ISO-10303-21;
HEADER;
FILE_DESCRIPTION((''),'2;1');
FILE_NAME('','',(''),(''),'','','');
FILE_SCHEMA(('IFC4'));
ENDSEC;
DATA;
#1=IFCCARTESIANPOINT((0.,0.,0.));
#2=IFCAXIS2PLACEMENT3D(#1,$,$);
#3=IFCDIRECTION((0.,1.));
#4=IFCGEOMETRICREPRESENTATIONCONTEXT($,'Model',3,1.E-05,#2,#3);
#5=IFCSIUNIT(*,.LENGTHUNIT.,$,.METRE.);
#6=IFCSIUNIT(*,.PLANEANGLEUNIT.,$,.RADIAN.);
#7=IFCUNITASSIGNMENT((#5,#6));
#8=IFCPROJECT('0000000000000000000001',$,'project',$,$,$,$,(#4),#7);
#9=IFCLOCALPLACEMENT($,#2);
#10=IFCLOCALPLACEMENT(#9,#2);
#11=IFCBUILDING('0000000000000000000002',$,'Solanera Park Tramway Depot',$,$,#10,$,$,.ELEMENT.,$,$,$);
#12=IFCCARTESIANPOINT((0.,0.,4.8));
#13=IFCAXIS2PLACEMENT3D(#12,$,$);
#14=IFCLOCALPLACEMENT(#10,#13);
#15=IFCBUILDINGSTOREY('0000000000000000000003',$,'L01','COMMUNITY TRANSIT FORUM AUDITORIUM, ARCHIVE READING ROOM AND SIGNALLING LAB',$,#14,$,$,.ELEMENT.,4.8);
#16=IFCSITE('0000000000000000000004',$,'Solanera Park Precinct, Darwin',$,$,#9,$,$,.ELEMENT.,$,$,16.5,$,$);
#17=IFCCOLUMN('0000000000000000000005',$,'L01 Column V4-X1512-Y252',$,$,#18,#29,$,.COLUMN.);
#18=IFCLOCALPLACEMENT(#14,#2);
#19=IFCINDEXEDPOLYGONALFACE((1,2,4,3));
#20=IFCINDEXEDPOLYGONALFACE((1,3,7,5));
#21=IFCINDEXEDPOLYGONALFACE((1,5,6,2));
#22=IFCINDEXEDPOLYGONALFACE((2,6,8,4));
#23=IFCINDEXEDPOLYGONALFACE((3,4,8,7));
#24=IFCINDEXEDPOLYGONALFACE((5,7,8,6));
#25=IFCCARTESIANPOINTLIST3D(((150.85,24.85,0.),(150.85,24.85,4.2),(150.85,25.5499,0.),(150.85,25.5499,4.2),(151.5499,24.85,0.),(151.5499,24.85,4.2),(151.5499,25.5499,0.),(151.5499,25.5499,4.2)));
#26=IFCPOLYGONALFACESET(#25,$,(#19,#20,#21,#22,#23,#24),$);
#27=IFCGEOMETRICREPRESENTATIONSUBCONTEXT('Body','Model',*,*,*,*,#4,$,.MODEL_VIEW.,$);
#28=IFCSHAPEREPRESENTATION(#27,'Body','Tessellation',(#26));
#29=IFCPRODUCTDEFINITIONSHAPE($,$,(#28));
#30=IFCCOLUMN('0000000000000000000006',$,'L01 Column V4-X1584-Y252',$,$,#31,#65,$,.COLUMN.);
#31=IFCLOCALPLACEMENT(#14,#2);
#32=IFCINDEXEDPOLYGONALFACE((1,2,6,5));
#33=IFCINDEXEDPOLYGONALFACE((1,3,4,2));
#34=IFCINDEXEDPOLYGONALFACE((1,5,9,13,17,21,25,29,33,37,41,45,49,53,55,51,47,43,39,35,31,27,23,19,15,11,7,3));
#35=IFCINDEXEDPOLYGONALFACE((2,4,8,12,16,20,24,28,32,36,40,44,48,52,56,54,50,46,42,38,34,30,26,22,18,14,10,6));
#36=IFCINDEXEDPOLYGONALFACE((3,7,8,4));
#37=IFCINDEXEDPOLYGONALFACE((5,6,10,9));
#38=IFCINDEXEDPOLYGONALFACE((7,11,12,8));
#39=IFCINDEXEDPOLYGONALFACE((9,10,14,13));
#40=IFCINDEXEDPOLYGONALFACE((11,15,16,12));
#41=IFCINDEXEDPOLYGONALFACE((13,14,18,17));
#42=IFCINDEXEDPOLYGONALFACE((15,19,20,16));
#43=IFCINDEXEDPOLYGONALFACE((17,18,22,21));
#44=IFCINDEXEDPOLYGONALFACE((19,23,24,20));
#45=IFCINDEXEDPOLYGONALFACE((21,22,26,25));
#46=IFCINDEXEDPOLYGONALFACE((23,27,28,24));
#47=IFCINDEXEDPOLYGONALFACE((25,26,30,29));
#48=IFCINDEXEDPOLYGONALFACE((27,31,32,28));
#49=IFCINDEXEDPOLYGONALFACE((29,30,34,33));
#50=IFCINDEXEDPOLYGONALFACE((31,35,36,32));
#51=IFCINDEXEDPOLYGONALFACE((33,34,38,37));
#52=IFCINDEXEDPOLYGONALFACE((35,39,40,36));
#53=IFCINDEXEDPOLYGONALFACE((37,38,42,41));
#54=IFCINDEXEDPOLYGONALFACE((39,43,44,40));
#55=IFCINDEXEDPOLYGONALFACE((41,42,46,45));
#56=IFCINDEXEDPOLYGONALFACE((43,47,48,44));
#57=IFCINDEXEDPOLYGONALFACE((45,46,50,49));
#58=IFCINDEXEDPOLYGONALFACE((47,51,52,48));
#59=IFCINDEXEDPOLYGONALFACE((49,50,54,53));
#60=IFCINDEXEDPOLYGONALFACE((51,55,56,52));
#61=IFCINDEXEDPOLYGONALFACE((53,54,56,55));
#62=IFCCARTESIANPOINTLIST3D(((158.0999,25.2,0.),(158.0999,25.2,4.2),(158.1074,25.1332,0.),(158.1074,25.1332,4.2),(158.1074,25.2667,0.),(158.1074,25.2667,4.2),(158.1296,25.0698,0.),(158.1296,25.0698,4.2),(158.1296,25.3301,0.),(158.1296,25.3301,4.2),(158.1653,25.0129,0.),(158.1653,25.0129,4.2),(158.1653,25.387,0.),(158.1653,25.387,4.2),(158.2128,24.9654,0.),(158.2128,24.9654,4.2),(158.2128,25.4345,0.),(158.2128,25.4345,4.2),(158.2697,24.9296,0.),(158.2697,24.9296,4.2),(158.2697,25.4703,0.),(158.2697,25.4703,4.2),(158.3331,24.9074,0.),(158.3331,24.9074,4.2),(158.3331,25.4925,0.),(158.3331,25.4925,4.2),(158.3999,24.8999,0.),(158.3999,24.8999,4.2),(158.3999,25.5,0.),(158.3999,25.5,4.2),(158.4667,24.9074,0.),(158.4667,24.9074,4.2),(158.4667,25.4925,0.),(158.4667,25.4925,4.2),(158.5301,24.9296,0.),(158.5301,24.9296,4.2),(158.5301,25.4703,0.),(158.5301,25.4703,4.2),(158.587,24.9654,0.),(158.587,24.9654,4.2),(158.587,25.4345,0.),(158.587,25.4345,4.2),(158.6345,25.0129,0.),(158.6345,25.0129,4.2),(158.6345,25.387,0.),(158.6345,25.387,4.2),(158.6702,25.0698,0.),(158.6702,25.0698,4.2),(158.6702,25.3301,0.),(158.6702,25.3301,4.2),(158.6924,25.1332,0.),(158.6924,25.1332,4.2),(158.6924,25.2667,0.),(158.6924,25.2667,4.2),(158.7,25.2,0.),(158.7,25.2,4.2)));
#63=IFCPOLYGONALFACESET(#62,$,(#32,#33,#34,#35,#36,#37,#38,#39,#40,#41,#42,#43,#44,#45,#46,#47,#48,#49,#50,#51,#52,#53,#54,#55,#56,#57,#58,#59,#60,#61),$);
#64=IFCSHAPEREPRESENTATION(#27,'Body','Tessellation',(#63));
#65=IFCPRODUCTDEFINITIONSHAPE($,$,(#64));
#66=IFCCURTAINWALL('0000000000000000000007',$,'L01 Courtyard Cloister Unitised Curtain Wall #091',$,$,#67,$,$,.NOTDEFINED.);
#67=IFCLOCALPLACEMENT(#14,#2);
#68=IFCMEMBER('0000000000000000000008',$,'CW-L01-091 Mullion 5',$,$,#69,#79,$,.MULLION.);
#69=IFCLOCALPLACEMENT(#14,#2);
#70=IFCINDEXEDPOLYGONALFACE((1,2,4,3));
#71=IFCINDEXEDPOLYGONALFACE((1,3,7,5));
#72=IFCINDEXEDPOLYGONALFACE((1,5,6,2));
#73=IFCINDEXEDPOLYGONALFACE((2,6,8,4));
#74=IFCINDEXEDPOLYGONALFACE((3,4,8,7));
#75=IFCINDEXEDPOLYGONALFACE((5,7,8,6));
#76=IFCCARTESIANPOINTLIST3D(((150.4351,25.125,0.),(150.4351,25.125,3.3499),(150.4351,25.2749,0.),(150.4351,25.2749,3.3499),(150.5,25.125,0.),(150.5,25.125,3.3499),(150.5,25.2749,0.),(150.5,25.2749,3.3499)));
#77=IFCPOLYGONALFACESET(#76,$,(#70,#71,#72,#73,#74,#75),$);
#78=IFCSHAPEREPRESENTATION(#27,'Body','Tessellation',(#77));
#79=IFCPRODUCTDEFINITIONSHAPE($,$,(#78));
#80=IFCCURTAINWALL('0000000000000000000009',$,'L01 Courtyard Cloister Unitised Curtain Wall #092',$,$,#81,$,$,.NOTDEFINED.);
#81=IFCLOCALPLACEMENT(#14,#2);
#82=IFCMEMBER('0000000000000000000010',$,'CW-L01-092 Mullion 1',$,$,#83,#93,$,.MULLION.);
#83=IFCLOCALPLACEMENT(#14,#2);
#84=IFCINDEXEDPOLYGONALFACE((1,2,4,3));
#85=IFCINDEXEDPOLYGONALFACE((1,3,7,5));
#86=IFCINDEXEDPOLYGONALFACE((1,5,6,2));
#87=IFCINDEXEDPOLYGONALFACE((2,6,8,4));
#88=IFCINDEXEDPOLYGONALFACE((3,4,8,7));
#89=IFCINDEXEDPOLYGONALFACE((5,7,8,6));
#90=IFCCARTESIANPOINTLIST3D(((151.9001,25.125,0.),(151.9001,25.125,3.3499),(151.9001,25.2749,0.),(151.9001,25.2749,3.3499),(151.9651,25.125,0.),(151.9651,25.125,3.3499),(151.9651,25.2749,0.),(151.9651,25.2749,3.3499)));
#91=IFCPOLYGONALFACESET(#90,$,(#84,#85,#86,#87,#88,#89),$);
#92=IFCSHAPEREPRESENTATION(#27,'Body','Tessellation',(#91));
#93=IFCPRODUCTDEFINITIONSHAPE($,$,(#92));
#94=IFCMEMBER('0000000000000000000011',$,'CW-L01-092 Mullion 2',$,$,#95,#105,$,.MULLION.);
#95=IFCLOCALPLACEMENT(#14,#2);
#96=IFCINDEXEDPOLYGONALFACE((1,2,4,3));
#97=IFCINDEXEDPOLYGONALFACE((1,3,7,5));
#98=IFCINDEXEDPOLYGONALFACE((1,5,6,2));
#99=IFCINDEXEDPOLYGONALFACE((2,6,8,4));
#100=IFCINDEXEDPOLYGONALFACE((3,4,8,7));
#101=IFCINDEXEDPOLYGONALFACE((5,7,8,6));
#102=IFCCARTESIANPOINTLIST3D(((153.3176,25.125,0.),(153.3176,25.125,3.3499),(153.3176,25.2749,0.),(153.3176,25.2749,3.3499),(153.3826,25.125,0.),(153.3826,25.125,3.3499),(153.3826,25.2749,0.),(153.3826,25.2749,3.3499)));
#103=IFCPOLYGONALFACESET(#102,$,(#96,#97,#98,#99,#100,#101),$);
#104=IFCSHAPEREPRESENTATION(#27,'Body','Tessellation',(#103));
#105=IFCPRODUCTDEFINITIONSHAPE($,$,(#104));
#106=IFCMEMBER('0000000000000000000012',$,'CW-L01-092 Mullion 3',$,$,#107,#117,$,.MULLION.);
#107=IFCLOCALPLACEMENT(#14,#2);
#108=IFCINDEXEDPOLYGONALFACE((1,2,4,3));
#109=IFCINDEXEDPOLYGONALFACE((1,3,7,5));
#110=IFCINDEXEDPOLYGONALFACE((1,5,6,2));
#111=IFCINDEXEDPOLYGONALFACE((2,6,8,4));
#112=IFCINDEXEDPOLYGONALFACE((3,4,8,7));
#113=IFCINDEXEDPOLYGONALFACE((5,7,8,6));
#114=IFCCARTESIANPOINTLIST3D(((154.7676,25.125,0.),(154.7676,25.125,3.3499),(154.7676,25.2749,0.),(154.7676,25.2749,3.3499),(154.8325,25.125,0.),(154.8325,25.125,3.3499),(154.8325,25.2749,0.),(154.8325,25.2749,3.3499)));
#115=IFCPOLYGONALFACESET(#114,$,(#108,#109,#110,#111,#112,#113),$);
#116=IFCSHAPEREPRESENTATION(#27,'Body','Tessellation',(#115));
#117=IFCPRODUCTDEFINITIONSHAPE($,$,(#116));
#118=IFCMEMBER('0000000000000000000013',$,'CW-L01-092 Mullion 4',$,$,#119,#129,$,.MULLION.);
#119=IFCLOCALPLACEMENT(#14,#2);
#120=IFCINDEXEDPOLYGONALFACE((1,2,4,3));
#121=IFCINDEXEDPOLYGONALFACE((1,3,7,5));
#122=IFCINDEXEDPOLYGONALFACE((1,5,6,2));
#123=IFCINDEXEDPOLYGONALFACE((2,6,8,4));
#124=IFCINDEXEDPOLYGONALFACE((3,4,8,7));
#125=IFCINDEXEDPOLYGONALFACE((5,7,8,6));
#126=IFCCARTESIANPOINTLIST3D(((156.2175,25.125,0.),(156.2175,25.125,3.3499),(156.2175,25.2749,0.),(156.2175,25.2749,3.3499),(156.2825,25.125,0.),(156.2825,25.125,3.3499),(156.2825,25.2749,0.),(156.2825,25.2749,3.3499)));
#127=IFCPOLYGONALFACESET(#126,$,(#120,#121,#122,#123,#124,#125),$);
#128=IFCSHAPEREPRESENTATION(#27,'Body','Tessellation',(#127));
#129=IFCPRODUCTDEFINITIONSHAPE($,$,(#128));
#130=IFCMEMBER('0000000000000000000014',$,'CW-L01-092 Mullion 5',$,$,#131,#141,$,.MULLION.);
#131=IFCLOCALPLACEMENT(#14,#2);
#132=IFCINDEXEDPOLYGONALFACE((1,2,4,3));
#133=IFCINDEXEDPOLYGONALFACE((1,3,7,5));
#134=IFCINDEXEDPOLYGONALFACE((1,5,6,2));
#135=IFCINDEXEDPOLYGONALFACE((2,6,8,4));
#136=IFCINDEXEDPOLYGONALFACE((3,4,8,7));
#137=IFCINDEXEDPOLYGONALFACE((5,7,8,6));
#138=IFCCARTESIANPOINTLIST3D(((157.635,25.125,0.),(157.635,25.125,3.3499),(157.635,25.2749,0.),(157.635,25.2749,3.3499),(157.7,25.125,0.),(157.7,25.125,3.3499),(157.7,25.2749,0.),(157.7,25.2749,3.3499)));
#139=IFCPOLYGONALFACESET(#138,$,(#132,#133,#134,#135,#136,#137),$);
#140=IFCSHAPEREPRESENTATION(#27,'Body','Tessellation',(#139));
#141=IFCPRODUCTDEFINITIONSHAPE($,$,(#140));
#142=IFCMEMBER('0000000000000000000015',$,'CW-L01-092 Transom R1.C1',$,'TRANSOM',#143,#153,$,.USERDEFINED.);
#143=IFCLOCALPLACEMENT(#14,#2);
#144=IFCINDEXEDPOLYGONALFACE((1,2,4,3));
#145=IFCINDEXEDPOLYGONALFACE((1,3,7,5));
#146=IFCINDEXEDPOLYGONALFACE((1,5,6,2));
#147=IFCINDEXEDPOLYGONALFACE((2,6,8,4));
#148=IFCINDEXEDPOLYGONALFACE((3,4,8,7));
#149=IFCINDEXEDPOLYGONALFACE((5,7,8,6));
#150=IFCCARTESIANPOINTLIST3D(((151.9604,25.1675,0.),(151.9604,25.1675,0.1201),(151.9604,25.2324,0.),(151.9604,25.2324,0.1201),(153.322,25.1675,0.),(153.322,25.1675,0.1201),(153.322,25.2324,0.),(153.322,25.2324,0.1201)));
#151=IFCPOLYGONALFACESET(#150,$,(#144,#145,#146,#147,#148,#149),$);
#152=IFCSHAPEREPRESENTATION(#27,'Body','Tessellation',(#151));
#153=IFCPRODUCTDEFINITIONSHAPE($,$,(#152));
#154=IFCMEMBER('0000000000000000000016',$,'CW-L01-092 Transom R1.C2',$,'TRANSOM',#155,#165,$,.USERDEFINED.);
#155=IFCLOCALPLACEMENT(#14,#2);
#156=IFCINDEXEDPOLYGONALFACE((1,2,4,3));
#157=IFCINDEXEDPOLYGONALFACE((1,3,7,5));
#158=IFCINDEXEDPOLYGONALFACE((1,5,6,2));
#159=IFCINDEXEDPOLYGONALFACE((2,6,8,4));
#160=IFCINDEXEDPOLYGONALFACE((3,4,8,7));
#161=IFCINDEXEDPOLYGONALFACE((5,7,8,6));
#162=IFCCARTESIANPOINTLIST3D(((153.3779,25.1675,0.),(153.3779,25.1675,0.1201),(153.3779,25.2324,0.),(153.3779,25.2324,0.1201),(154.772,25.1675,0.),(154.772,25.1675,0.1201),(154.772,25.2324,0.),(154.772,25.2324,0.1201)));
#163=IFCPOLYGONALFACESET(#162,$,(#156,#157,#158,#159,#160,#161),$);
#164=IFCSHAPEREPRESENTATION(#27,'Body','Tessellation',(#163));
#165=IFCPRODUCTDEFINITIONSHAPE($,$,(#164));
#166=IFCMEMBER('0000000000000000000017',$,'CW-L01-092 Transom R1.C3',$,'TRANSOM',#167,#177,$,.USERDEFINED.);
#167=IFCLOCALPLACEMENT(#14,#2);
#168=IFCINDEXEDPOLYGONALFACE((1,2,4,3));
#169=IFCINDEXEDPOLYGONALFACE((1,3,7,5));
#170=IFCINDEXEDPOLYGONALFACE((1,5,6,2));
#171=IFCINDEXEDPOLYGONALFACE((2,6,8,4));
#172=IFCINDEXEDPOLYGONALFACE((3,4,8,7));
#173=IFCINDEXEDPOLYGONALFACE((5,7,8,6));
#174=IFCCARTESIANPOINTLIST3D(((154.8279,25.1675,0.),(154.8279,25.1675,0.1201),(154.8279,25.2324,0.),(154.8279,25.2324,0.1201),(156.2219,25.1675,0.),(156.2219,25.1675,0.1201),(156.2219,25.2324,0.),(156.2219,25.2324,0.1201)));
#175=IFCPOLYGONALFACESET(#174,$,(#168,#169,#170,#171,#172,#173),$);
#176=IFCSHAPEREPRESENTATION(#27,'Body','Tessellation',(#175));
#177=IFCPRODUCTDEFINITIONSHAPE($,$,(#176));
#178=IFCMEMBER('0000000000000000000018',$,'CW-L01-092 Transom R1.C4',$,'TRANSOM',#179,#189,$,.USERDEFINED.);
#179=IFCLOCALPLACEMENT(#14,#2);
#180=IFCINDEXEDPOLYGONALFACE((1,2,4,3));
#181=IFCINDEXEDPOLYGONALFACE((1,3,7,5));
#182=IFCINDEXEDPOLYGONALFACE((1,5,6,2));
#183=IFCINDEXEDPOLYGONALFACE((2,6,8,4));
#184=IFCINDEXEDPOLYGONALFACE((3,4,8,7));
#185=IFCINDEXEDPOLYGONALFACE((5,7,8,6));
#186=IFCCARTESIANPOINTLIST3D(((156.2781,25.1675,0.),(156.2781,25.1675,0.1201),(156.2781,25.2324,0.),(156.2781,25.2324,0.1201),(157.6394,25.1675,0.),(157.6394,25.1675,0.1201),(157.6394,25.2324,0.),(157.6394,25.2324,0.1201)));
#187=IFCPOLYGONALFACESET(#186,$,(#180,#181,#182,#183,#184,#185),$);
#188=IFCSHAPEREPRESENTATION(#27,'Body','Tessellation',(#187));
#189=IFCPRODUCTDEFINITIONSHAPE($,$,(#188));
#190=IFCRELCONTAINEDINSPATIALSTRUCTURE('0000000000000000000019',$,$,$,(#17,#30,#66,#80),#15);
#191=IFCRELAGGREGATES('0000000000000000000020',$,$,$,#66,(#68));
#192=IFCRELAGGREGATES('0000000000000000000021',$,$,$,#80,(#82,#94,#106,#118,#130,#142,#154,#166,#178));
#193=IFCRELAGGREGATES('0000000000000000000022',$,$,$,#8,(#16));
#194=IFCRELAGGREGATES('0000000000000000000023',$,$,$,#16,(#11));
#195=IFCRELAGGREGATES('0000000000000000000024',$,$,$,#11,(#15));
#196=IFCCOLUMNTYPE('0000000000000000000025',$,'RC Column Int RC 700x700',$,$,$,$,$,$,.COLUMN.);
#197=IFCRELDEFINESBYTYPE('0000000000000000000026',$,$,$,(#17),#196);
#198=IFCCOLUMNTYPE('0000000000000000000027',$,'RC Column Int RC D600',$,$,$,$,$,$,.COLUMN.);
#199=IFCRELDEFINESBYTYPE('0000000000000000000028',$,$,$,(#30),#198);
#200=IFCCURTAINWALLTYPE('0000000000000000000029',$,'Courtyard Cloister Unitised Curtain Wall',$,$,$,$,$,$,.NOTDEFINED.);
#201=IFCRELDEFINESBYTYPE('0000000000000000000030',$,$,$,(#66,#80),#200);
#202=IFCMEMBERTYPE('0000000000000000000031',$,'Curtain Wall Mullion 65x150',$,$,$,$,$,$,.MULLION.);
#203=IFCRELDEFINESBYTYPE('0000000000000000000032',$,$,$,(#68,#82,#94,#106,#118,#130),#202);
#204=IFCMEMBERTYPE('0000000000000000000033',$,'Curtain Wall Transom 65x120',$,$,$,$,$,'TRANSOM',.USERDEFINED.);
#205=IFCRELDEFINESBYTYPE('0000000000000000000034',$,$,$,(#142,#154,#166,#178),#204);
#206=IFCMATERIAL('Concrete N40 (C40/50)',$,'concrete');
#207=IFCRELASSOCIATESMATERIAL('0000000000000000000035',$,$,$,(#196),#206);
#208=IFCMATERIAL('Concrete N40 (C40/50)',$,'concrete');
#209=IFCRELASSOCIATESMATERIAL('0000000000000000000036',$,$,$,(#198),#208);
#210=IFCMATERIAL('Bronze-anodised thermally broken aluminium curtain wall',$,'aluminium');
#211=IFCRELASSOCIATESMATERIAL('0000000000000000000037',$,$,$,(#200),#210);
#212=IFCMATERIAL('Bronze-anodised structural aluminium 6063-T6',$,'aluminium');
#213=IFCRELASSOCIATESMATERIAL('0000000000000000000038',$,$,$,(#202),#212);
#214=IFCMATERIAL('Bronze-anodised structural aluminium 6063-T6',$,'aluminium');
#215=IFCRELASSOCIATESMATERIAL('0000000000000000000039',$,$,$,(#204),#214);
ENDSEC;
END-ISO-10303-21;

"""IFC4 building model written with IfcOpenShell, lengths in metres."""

from ifc_helpers import new_model, si_unit, direction, frame, origin, origin_2d, place, context, subcontext, project, spatial, rectangle, circle, extrude, material, material_profile, profile_set, type_object, element, aggregate, save


model = new_model("IFC4")

# Units and contexts
model_context = context("Model", 3, precision=1e-05, world=origin(), true_north=direction((0.0, 1.0)))
body_context = subcontext(model_context, "Body", "Model", "MODEL_VIEW")
ifc_project = project(units=[si_unit("LENGTHUNIT", "METRE"), si_unit("PLANEANGLEUNIT", "RADIAN")], contexts=[model_context])

# Site, building, storey
site_placement = place(None, origin())
site = spatial("IfcSite", under=ifc_project, at=site_placement, Name="Solanera Park Precinct, Darwin", CompositionType="ELEMENT", RefElevation=16.5)
building_placement = place(site_placement, origin())
building = spatial("IfcBuilding", under=site, at=building_placement, Name="Solanera Park Tramway Depot", CompositionType="ELEMENT")
storey_placement = place(building_placement, frame((0.0, 0.0, 4.8)))
storey = spatial("IfcBuildingStorey", under=building, at=storey_placement, Name="L01", Description="COMMUNITY TRANSIT FORUM AUDITORIUM, ARCHIVE READING ROOM AND SIGNALLING LAB", CompositionType="ELEMENT", Elevation=4.8)

# Columns
ifc_material_1 = material(Name="Concrete N40 (C40/50)", Category="concrete")
ifc_material_profile_1 = material_profile(ifc_material_1, rectangle(XDim=0.7, YDim=0.7, at=origin_2d()), Name="RC 700x700")
ifc_profile_set_1 = profile_set([ifc_material_profile_1], Name="Concrete N40 (C40/50)")
column_type_1 = type_object("IfcColumnType", Name="RC Column Int RC 700x700", PredefinedType="COLUMN", material=ifc_profile_set_1)
column_1_placement = place(storey_placement, frame((151.2, 25.2, 0.0), z_axis=(0.0, 0.0, 1.0), x_axis=(1.0, 0.0, 0.0)))
element("IfcColumn", 1, at=column_1_placement, inside=storey, type_object=column_type_1, Name="L01 Column V4-X1512-Y252", PredefinedType="COLUMN", context=body_context, shape_type="SweptSolid", body=[
    extrude(rectangle(XDim=0.7, YDim=0.7, at=origin_2d()), origin(), (0.0, 0.0, 1.0), 4.2),
])
ifc_material_2 = material(Name="Concrete N40 (C40/50)", Category="concrete")
ifc_material_profile_2 = material_profile(ifc_material_2, circle(Radius=0.3, at=origin_2d()), Name="RC D600")
ifc_profile_set_2 = profile_set([ifc_material_profile_2], Name="Concrete N40 (C40/50)")
column_type_2 = type_object("IfcColumnType", Name="RC Column Int RC D600", PredefinedType="COLUMN", material=ifc_profile_set_2)
column_2_placement = place(storey_placement, frame((158.3999, 25.2, 0.0), z_axis=(0.0, 0.0, 1.0), x_axis=(1.0, 0.0, 0.0)))
element("IfcColumn", 2, at=column_2_placement, inside=storey, type_object=column_type_2, Name="L01 Column V4-X1584-Y252", PredefinedType="COLUMN", context=body_context, shape_type="SweptSolid", body=[
    extrude(circle(Radius=0.3, at=origin_2d()), origin(), (0.0, 0.0, 1.0), 4.2),
])

# Curtain wall, member
ifc_material_3 = material(Name="Bronze-anodised thermally broken aluminium curtain wall", Category="aluminium")
curtain_wall_type = type_object("IfcCurtainWallType", Name="Courtyard Cloister Unitised Curtain Wall", PredefinedType="NOTDEFINED", material=ifc_material_3)
curtain_wall_1_placement = place(storey_placement, origin())
curtain_wall_1 = element("IfcCurtainWall", 3, at=curtain_wall_1_placement, inside=storey, type_object=curtain_wall_type, Name="L01 Courtyard Cloister Unitised Curtain Wall #091", PredefinedType="NOTDEFINED")
ifc_material_4 = material(Name="Bronze-anodised structural aluminium 6063-T6", Category="aluminium")
ifc_material_profile_3 = material_profile(ifc_material_4, rectangle(XDim=0.0649, YDim=0.1499, at=origin_2d()), Name="Curtain Wall Mullion 65x150")
ifc_profile_set_3 = profile_set([ifc_material_profile_3], Name="Bronze-anodised structural aluminium 6063-T6")
member_type_1 = type_object("IfcMemberType", Name="Curtain Wall Mullion 65x150", PredefinedType="MULLION", material=ifc_profile_set_3)
member_1_placement = place(storey_placement, frame((150.4675, 25.2, 0.0), z_axis=(0.0, 0.0, 1.0), x_axis=(1.0, 0.0, 0.0)))
member_1 = element("IfcMember", 4, at=member_1_placement, type_object=member_type_1, Name="CW-L01-091 Mullion 5", PredefinedType="MULLION", context=body_context, shape_type="SweptSolid", body=[
    extrude(rectangle(XDim=0.0649, YDim=0.1499, at=origin_2d()), origin(), (0.0, 0.0, 1.0), 3.3499),
])

# Curtain wall, members
curtain_wall_2_placement = place(storey_placement, origin())
curtain_wall_2 = element("IfcCurtainWall", 5, at=curtain_wall_2_placement, inside=storey, type_object=curtain_wall_type, Name="L01 Courtyard Cloister Unitised Curtain Wall #092", PredefinedType="NOTDEFINED")
member_2_placement = place(storey_placement, frame((151.9326, 25.2, 0.0), z_axis=(0.0, 0.0, 1.0), x_axis=(1.0, 0.0, 0.0)))
member_2 = element("IfcMember", 6, at=member_2_placement, type_object=member_type_1, Name="CW-L01-092 Mullion 1", PredefinedType="MULLION", context=body_context, shape_type="SweptSolid", body=[
    extrude(rectangle(XDim=0.0649, YDim=0.1499, at=origin_2d()), origin(), (0.0, 0.0, 1.0), 3.3499),
])
member_3_placement = place(storey_placement, frame((153.3501, 25.2, 0.0), z_axis=(0.0, 0.0, 1.0), x_axis=(1.0, 0.0, 0.0)))
member_3 = element("IfcMember", 7, at=member_3_placement, type_object=member_type_1, Name="CW-L01-092 Mullion 2", PredefinedType="MULLION", context=body_context, shape_type="SweptSolid", body=[
    extrude(rectangle(XDim=0.0649, YDim=0.1499, at=origin_2d()), origin(), (0.0, 0.0, 1.0), 3.3499),
])
member_4_placement = place(storey_placement, frame((154.8, 25.2, 0.0), z_axis=(0.0, 0.0, 1.0), x_axis=(1.0, 0.0, 0.0)))
member_4 = element("IfcMember", 8, at=member_4_placement, type_object=member_type_1, Name="CW-L01-092 Mullion 3", PredefinedType="MULLION", context=body_context, shape_type="SweptSolid", body=[
    extrude(rectangle(XDim=0.0649, YDim=0.1499, at=origin_2d()), origin(), (0.0, 0.0, 1.0), 3.3499),
])
member_5_placement = place(storey_placement, frame((156.25, 25.2, 0.0), z_axis=(0.0, 0.0, 1.0), x_axis=(1.0, 0.0, 0.0)))
member_5 = element("IfcMember", 9, at=member_5_placement, type_object=member_type_1, Name="CW-L01-092 Mullion 4", PredefinedType="MULLION", context=body_context, shape_type="SweptSolid", body=[
    extrude(rectangle(XDim=0.0649, YDim=0.1499, at=origin_2d()), origin(), (0.0, 0.0, 1.0), 3.3499),
])
member_6_placement = place(storey_placement, frame((157.6675, 25.2, 0.0), z_axis=(0.0, 0.0, 1.0), x_axis=(1.0, 0.0, 0.0)))
member_6 = element("IfcMember", 10, at=member_6_placement, type_object=member_type_1, Name="CW-L01-092 Mullion 5", PredefinedType="MULLION", context=body_context, shape_type="SweptSolid", body=[
    extrude(rectangle(XDim=0.0649, YDim=0.1499, at=origin_2d()), origin(), (0.0, 0.0, 1.0), 3.3499),
])
ifc_material_5 = material(Name="Bronze-anodised structural aluminium 6063-T6", Category="aluminium")
ifc_material_profile_4 = material_profile(ifc_material_5, rectangle(XDim=0.0649, YDim=0.1201, at=origin_2d()), Name="Curtain Wall Transom 65x120")
ifc_profile_set_4 = profile_set([ifc_material_profile_4], Name="Bronze-anodised structural aluminium 6063-T6")
member_type_2 = type_object("IfcMemberType", Name="Curtain Wall Transom 65x120", ElementType="TRANSOM", PredefinedType="USERDEFINED", material=ifc_profile_set_4)
member_7_placement = place(storey_placement, frame((151.9604, 25.2, 0.0601), z_axis=(1.0, 0.0, 0.0), x_axis=(0.0, 1.0, 0.0)))
member_7 = element("IfcMember", 11, at=member_7_placement, type_object=member_type_2, Name="CW-L01-092 Transom R1.C1", ObjectType="TRANSOM", PredefinedType="USERDEFINED", context=body_context, shape_type="SweptSolid", body=[
    extrude(rectangle(XDim=0.0649, YDim=0.1201, at=origin_2d()), origin(), (0.0, 0.0, 1.0), 1.3616),
])
member_8_placement = place(storey_placement, frame((153.3779, 25.2, 0.0601), z_axis=(1.0, 0.0, 0.0), x_axis=(0.0, 1.0, 0.0)))
member_8 = element("IfcMember", 12, at=member_8_placement, type_object=member_type_2, Name="CW-L01-092 Transom R1.C2", ObjectType="TRANSOM", PredefinedType="USERDEFINED", context=body_context, shape_type="SweptSolid", body=[
    extrude(rectangle(XDim=0.0649, YDim=0.1201, at=origin_2d()), origin(), (0.0, 0.0, 1.0), 1.394),
])
member_9_placement = place(storey_placement, frame((154.8279, 25.2, 0.0601), z_axis=(1.0, 0.0, 0.0), x_axis=(0.0, 1.0, 0.0)))
member_9 = element("IfcMember", 13, at=member_9_placement, type_object=member_type_2, Name="CW-L01-092 Transom R1.C3", ObjectType="TRANSOM", PredefinedType="USERDEFINED", context=body_context, shape_type="SweptSolid", body=[
    extrude(rectangle(XDim=0.0649, YDim=0.1201, at=origin_2d()), origin(), (0.0, 0.0, 1.0), 1.394),
])
member_10_placement = place(storey_placement, frame((156.2781, 25.2, 0.0601), z_axis=(1.0, 0.0, 0.0), x_axis=(0.0, 1.0, 0.0)))
member_10 = element("IfcMember", 14, at=member_10_placement, type_object=member_type_2, Name="CW-L01-092 Transom R1.C4", ObjectType="TRANSOM", PredefinedType="USERDEFINED", context=body_context, shape_type="SweptSolid", body=[
    extrude(rectangle(XDim=0.0649, YDim=0.1201, at=origin_2d()), origin(), (0.0, 0.0, 1.0), 1.3613),
])

aggregate(curtain_wall_1, [member_1])
aggregate(curtain_wall_2, [member_2, member_3, member_4, member_5, member_6, member_7, member_8, member_9, member_10])

save(model, "model.ifc")
